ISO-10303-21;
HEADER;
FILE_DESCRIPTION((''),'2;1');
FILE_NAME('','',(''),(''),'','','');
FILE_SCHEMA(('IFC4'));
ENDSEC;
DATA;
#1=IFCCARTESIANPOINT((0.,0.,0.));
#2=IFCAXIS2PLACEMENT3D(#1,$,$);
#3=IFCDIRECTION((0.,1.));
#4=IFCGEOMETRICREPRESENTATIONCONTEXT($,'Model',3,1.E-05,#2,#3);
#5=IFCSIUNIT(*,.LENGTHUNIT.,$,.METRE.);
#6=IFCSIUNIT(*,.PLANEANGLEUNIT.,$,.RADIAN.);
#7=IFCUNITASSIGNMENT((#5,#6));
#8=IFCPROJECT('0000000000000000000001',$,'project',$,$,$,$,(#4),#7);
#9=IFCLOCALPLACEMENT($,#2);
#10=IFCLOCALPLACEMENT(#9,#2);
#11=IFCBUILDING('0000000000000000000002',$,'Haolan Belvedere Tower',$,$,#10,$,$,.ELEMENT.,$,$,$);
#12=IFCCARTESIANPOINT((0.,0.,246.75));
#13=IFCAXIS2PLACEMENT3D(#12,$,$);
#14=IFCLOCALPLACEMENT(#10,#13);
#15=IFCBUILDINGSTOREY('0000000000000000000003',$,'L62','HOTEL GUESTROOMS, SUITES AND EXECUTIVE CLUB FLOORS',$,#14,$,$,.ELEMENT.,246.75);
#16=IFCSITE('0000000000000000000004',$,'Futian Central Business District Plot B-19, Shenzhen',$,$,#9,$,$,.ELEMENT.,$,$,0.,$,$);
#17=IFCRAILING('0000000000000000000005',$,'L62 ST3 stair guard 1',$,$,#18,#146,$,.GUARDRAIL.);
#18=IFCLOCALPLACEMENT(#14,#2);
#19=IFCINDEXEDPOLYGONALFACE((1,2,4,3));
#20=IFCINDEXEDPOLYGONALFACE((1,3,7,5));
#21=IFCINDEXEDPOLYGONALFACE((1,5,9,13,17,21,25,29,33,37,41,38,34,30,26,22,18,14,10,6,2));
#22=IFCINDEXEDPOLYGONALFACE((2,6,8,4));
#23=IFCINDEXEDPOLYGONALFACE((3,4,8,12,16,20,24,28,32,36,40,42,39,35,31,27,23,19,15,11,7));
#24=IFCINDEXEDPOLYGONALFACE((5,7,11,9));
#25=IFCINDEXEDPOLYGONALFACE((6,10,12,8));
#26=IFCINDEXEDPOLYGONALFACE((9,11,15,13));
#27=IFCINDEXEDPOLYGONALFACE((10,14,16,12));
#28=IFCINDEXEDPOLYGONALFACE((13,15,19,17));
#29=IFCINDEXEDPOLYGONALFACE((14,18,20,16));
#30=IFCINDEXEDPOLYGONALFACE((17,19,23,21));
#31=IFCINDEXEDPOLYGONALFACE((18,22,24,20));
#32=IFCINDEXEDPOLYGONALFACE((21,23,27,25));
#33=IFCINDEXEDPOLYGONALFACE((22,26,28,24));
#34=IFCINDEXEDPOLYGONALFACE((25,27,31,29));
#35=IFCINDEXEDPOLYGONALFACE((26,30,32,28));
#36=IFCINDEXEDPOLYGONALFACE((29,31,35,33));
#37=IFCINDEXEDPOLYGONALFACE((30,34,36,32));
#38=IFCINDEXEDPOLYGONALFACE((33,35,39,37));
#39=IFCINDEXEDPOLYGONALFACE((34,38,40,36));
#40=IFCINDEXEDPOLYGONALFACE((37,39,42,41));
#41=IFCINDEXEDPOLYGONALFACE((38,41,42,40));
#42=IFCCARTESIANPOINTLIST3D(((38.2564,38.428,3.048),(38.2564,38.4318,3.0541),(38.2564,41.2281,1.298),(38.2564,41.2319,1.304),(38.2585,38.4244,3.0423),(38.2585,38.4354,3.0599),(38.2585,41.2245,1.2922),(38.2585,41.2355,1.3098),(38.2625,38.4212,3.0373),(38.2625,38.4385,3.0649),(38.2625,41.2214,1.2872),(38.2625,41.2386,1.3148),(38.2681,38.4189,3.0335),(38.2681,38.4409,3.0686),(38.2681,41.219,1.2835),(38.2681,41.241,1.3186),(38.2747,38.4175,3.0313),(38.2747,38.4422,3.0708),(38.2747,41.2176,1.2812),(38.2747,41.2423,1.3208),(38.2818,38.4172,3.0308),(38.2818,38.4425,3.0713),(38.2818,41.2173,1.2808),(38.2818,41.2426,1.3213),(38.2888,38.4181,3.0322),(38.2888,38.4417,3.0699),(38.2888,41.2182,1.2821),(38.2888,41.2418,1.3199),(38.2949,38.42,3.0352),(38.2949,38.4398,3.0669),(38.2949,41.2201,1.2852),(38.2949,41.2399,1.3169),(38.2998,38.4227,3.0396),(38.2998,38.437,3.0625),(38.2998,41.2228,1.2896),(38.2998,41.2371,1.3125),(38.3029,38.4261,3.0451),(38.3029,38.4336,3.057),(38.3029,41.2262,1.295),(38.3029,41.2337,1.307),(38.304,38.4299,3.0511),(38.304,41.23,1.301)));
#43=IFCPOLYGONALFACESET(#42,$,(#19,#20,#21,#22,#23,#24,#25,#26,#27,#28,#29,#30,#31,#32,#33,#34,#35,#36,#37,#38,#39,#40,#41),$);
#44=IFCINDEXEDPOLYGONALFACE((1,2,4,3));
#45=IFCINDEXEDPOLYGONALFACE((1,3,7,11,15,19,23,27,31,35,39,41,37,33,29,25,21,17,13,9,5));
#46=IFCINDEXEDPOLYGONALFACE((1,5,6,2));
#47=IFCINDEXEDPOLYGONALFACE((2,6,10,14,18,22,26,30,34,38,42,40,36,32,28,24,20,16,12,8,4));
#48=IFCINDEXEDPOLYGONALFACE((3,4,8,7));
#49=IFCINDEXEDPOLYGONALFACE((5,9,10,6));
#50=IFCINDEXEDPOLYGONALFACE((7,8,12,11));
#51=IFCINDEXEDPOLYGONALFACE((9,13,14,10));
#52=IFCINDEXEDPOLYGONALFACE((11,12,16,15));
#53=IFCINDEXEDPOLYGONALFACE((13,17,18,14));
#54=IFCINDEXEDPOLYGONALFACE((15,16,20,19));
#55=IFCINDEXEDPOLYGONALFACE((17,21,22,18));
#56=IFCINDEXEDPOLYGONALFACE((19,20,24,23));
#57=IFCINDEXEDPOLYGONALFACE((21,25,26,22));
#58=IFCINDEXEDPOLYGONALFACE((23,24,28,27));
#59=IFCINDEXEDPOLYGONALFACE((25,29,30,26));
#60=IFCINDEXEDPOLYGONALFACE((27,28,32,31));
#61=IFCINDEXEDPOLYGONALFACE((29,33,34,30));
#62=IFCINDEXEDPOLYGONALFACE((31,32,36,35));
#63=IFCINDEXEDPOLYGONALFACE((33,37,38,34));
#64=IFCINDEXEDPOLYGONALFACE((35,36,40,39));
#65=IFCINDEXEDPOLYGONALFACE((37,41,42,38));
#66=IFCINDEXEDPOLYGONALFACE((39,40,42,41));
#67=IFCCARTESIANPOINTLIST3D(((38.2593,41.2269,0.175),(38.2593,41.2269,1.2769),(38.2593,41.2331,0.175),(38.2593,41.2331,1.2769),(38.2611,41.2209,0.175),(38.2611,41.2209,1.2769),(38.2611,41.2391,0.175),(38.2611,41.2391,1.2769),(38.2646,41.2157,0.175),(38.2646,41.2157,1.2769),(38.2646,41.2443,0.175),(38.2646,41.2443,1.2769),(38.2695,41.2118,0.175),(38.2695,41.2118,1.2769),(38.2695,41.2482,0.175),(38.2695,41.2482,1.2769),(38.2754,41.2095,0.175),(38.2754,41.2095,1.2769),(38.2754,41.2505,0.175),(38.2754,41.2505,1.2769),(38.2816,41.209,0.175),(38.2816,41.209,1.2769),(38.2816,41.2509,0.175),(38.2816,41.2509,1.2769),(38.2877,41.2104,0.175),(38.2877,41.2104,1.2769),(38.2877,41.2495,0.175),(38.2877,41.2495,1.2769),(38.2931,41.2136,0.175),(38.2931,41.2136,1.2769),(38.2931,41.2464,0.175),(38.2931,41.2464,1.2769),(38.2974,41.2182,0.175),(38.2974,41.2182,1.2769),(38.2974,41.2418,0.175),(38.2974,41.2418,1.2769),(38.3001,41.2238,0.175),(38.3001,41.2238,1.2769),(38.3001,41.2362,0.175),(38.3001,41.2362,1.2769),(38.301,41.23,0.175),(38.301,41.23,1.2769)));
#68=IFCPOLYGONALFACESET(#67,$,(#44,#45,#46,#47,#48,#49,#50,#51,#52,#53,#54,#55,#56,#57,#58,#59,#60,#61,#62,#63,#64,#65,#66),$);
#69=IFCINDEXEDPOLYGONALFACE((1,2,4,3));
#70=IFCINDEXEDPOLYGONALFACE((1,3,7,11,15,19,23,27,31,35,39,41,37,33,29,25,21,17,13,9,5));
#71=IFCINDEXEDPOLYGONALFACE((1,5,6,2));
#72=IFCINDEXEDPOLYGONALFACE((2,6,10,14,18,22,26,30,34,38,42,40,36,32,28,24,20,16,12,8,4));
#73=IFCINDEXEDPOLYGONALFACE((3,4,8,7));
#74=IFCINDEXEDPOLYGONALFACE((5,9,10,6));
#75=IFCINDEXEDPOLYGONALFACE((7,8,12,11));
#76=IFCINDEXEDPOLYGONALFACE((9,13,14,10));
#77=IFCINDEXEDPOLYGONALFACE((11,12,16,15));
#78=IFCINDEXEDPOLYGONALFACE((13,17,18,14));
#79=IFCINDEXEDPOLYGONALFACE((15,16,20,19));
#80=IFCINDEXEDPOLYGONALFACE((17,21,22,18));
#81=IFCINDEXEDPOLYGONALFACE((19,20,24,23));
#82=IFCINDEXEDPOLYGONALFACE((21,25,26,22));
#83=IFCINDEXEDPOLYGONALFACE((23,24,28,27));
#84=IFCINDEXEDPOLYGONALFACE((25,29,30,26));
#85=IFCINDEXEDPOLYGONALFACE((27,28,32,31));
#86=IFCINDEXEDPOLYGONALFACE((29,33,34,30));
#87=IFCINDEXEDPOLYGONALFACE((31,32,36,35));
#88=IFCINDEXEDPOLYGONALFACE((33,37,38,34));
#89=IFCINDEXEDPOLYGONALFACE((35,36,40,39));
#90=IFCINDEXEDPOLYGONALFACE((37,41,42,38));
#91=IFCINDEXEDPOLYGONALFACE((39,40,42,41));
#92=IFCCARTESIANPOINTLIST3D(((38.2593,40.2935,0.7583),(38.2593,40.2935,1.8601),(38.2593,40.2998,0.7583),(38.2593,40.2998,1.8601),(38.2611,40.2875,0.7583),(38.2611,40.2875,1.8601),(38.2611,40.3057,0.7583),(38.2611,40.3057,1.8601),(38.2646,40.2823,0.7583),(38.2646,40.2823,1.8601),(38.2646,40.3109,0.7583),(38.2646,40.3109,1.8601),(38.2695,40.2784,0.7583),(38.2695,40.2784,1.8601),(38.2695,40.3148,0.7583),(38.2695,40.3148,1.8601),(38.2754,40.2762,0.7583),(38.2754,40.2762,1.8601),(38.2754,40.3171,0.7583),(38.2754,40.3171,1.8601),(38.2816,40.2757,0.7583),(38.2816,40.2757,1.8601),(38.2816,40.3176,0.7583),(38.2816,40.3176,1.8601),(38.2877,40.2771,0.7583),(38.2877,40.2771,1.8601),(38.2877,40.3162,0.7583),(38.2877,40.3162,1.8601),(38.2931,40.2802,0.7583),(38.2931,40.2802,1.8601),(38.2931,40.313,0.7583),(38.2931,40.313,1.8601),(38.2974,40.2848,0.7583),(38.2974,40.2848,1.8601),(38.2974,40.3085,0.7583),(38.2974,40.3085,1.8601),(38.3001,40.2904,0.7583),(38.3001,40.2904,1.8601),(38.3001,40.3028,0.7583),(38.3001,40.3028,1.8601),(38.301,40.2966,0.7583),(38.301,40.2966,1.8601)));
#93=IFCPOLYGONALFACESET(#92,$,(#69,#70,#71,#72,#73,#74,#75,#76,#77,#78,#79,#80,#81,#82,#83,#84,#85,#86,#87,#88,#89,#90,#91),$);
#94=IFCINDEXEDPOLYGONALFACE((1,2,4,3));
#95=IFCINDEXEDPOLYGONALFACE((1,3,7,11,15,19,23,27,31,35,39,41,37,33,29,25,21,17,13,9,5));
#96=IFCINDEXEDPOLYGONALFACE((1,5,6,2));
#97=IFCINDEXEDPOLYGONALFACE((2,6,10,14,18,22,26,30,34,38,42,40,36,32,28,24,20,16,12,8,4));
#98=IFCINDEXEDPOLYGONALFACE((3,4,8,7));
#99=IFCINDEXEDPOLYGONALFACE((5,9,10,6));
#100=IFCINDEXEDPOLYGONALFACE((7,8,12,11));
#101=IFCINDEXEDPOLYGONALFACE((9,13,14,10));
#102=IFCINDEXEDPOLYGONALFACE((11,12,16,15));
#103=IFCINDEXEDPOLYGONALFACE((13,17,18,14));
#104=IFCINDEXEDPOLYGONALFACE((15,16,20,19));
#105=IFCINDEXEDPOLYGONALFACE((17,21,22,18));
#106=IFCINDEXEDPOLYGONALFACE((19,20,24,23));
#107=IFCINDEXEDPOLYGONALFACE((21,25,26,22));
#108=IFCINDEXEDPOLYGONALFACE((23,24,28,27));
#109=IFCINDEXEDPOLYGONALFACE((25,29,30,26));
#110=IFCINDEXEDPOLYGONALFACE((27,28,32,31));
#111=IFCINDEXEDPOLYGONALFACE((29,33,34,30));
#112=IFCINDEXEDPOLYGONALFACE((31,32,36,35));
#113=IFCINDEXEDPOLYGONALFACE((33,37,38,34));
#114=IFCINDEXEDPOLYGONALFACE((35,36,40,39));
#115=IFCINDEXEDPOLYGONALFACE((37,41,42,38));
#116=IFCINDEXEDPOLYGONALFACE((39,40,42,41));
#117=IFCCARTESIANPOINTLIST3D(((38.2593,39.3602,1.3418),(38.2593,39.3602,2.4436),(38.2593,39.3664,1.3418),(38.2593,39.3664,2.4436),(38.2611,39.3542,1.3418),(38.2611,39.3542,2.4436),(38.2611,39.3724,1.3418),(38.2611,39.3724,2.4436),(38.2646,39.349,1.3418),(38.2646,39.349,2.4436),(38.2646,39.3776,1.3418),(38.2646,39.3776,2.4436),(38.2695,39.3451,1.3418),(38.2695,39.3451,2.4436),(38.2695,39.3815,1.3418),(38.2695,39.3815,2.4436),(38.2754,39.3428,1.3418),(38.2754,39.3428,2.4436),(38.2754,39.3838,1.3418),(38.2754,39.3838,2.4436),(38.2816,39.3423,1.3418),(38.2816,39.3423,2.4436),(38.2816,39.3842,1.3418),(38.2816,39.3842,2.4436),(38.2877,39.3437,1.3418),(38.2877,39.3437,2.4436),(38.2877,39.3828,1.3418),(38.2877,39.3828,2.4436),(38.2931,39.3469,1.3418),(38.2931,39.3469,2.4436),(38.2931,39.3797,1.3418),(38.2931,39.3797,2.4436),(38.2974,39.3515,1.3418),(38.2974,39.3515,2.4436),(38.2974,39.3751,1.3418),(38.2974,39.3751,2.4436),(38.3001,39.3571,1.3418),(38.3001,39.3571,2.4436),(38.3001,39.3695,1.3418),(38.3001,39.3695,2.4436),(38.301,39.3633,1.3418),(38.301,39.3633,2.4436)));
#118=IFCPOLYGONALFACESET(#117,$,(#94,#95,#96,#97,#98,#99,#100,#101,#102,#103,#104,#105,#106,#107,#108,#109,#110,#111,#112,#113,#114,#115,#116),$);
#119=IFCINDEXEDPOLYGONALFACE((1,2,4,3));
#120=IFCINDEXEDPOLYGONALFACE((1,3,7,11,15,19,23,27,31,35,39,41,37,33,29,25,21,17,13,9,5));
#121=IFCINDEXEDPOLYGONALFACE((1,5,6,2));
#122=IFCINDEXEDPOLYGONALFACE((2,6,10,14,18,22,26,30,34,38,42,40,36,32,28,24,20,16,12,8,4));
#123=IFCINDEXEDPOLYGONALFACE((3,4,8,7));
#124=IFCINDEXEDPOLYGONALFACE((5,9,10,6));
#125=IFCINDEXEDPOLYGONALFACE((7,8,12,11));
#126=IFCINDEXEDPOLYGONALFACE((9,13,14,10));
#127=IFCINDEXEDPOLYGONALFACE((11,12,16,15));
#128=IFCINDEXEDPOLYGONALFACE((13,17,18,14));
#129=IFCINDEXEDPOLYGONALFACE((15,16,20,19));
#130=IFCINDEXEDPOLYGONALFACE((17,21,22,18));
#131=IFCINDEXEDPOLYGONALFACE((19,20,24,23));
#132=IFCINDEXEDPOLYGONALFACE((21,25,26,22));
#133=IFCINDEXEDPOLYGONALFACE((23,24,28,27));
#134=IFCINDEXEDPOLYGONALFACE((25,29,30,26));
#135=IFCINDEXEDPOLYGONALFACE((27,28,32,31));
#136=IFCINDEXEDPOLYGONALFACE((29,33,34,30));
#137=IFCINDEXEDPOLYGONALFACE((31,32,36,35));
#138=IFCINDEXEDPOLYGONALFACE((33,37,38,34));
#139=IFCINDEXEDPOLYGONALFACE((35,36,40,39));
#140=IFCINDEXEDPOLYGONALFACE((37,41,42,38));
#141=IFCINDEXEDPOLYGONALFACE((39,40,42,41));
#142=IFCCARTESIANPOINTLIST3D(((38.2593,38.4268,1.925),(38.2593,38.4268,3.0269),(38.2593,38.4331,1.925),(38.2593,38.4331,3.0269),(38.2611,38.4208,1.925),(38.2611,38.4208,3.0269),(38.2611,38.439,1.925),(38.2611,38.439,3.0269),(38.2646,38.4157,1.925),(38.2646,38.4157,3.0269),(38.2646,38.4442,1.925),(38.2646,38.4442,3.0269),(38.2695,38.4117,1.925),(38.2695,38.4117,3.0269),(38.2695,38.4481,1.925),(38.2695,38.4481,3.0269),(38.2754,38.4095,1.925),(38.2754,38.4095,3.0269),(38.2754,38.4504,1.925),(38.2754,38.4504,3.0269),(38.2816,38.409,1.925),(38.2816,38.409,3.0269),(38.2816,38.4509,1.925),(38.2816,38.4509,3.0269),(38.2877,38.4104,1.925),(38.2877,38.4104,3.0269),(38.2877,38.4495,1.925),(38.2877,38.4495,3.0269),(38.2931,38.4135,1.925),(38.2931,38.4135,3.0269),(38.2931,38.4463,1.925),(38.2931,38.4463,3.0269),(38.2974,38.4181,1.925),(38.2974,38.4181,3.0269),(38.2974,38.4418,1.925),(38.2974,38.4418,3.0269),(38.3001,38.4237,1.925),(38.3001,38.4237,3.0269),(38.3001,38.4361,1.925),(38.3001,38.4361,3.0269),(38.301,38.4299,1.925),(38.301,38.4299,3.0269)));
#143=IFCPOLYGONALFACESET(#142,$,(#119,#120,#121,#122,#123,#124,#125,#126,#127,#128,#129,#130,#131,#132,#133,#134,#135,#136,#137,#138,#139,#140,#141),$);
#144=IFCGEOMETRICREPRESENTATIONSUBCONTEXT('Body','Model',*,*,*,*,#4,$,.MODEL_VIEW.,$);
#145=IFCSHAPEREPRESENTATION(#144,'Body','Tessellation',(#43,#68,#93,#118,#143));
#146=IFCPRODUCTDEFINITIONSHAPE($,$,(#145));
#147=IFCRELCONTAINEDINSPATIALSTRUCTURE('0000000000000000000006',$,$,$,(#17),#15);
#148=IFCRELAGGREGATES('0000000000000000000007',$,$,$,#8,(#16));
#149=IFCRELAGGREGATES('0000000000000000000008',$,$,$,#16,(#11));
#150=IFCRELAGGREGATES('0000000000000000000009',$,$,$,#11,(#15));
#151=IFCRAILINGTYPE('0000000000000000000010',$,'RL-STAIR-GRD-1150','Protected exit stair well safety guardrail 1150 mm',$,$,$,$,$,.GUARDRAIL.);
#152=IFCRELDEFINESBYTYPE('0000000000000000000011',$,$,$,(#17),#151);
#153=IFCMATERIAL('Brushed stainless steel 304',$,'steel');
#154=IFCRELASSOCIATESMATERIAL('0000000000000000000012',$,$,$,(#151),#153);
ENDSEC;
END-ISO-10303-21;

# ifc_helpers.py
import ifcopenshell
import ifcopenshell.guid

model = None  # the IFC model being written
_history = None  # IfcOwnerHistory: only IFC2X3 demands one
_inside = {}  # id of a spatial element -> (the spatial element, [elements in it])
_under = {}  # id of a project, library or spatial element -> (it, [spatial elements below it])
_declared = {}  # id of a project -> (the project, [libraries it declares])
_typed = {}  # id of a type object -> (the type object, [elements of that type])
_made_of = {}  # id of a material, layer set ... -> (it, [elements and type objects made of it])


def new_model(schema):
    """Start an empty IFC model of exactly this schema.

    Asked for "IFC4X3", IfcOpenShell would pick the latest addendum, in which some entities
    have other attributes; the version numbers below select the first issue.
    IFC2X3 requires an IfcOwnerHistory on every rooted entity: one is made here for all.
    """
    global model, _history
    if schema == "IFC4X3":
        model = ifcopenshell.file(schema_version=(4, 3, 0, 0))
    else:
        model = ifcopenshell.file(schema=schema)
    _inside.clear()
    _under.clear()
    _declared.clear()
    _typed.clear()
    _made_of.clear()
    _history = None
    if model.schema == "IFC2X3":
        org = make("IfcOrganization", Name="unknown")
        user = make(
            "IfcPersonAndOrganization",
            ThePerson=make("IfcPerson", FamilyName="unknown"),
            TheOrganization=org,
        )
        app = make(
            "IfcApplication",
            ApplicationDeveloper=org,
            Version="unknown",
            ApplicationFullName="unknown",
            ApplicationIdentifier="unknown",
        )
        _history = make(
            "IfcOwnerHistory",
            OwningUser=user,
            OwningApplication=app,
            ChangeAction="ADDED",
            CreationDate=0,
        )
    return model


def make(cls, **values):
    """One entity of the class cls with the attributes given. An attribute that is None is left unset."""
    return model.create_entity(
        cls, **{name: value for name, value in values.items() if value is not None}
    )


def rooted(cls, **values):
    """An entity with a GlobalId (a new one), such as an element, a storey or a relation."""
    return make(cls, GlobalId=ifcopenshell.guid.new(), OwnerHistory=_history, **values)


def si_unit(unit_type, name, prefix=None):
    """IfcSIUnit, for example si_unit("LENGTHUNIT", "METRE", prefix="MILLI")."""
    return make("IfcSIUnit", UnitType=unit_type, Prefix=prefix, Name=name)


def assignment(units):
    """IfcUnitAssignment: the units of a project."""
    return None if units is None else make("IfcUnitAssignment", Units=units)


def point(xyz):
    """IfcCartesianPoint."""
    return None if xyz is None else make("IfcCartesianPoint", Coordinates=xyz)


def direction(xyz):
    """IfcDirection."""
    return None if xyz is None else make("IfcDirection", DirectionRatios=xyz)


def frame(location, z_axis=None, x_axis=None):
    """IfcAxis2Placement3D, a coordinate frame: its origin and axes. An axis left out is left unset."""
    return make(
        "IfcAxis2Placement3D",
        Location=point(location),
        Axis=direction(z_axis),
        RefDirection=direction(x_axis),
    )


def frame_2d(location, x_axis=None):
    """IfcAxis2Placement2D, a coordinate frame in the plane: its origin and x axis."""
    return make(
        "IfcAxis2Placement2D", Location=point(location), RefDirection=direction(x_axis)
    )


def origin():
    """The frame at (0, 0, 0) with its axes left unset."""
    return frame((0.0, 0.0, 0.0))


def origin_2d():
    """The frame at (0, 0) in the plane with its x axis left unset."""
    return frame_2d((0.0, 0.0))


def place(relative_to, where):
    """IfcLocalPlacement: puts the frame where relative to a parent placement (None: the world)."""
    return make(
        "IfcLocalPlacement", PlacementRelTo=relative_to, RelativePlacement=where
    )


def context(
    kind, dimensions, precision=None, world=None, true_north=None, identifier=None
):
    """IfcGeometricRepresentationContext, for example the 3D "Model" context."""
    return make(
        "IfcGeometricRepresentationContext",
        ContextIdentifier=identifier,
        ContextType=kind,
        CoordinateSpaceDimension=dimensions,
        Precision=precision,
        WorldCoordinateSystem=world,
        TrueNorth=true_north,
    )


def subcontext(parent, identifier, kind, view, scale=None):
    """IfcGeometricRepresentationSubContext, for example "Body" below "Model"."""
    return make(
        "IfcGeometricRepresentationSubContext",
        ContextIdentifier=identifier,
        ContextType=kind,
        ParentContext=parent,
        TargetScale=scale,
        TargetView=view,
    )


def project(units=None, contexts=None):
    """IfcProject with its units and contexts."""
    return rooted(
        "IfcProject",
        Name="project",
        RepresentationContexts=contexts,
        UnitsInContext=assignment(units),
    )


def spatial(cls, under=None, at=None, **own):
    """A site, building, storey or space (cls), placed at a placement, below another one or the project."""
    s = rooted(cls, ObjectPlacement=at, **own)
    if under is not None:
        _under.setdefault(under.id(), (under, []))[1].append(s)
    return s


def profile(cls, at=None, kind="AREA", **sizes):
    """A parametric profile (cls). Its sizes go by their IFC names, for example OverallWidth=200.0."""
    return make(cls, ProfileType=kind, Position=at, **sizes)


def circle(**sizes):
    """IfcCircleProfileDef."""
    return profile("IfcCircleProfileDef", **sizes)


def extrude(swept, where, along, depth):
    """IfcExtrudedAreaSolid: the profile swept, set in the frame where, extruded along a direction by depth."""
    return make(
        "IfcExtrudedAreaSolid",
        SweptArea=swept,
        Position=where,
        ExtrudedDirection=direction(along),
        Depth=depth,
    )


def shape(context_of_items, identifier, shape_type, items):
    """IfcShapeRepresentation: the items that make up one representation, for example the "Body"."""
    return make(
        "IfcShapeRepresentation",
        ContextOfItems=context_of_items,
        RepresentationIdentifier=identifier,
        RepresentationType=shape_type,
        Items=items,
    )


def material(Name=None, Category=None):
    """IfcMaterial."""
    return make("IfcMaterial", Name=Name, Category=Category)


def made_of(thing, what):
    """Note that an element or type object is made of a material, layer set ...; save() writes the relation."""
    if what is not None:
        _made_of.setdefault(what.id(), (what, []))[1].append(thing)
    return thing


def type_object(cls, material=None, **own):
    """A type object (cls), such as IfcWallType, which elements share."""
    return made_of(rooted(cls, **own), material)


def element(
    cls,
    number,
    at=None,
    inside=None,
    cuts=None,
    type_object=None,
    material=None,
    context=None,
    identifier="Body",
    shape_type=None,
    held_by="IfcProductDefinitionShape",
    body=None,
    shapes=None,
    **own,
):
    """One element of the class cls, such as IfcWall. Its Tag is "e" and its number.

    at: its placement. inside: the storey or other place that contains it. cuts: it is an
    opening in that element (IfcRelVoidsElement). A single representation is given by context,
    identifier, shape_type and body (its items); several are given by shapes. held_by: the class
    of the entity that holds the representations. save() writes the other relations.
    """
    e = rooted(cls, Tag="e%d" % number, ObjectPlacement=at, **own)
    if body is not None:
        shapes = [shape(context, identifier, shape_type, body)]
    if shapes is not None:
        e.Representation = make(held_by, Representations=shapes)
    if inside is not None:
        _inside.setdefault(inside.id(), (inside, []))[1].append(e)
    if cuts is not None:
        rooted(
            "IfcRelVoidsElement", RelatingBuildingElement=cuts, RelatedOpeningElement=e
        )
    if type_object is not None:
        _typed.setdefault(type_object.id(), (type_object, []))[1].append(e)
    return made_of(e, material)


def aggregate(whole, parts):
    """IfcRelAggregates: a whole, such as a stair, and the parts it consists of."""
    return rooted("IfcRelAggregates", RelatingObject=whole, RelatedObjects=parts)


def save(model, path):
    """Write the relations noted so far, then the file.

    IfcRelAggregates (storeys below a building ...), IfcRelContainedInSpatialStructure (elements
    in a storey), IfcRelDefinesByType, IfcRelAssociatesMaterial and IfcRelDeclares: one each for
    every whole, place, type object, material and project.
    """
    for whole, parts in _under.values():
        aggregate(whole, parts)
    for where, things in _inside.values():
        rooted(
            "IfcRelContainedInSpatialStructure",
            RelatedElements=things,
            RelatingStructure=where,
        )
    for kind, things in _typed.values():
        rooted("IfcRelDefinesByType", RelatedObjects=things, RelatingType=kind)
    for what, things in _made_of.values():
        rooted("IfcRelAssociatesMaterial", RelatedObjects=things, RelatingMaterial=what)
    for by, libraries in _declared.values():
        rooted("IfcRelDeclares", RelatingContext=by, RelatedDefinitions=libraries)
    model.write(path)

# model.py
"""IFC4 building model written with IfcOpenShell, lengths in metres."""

from ifc_helpers import new_model, si_unit, direction, frame, origin, origin_2d, place, context, subcontext, project, spatial, circle, extrude, material, type_object, element, save


model = new_model("IFC4")

# Units and contexts
model_context = context("Model", 3, precision=1e-05, world=origin(), true_north=direction((0.0, 1.0)))
body_context = subcontext(model_context, "Body", "Model", "MODEL_VIEW")
ifc_project = project(units=[si_unit("LENGTHUNIT", "METRE"), si_unit("PLANEANGLEUNIT", "RADIAN")], contexts=[model_context])

# Site, building, storey
site_placement = place(None, origin())
site = spatial("IfcSite", under=ifc_project, at=site_placement, Name="Futian Central Business District Plot B-19, Shenzhen", CompositionType="ELEMENT", RefElevation=0.0)
building_placement = place(site_placement, origin())
building = spatial("IfcBuilding", under=site, at=building_placement, Name="Haolan Belvedere Tower", CompositionType="ELEMENT")
storey_placement = place(building_placement, frame((0.0, 0.0, 246.75)))
storey = spatial("IfcBuildingStorey", under=building, at=storey_placement, Name="L62", Description="HOTEL GUESTROOMS, SUITES AND EXECUTIVE CLUB FLOORS", CompositionType="ELEMENT", Elevation=246.75)

# Railing
ifc_material_1 = material(Name="Brushed stainless steel 304", Category="steel")
railing_type_1 = type_object("IfcRailingType", Name="RL-STAIR-GRD-1150", Description="Protected exit stair well safety guardrail 1150 mm", PredefinedType="GUARDRAIL", material=ifc_material_1)
railing_1_placement = place(storey_placement, frame((38.28, 41.23, 0.175)))
element("IfcRailing", 1, at=railing_1_placement, inside=storey, type_object=railing_type_1, Name="L62 ST3 stair guard 1", PredefinedType="GUARDRAIL", context=body_context, shape_type="SweptSolid", body=[
    extrude(circle(Radius=0.0239, at=origin_2d()), frame((0.0, 0.0, 1.126), z_axis=(0.0, -0.848002, 0.529992), x_axis=(1.0, 0.0, 0.0)), (0.0, 0.0, 1.0), 3.302),
    extrude(circle(Radius=0.021, at=origin_2d()), origin(), (0.0, 0.0, 1.0), 1.1018),
    extrude(circle(Radius=0.021, at=origin_2d()), frame((0.0, -0.9333, 0.5833)), (0.0, 0.0, 1.0), 1.1018),
    extrude(circle(Radius=0.021, at=origin_2d()), frame((0.0, -1.8667, 1.1667)), (0.0, 0.0, 1.0), 1.1018),
    extrude(circle(Radius=0.021, at=origin_2d()), frame((0.0, -2.8, 1.75)), (0.0, 0.0, 1.0), 1.1018),
])

save(model, "model.ifc")
